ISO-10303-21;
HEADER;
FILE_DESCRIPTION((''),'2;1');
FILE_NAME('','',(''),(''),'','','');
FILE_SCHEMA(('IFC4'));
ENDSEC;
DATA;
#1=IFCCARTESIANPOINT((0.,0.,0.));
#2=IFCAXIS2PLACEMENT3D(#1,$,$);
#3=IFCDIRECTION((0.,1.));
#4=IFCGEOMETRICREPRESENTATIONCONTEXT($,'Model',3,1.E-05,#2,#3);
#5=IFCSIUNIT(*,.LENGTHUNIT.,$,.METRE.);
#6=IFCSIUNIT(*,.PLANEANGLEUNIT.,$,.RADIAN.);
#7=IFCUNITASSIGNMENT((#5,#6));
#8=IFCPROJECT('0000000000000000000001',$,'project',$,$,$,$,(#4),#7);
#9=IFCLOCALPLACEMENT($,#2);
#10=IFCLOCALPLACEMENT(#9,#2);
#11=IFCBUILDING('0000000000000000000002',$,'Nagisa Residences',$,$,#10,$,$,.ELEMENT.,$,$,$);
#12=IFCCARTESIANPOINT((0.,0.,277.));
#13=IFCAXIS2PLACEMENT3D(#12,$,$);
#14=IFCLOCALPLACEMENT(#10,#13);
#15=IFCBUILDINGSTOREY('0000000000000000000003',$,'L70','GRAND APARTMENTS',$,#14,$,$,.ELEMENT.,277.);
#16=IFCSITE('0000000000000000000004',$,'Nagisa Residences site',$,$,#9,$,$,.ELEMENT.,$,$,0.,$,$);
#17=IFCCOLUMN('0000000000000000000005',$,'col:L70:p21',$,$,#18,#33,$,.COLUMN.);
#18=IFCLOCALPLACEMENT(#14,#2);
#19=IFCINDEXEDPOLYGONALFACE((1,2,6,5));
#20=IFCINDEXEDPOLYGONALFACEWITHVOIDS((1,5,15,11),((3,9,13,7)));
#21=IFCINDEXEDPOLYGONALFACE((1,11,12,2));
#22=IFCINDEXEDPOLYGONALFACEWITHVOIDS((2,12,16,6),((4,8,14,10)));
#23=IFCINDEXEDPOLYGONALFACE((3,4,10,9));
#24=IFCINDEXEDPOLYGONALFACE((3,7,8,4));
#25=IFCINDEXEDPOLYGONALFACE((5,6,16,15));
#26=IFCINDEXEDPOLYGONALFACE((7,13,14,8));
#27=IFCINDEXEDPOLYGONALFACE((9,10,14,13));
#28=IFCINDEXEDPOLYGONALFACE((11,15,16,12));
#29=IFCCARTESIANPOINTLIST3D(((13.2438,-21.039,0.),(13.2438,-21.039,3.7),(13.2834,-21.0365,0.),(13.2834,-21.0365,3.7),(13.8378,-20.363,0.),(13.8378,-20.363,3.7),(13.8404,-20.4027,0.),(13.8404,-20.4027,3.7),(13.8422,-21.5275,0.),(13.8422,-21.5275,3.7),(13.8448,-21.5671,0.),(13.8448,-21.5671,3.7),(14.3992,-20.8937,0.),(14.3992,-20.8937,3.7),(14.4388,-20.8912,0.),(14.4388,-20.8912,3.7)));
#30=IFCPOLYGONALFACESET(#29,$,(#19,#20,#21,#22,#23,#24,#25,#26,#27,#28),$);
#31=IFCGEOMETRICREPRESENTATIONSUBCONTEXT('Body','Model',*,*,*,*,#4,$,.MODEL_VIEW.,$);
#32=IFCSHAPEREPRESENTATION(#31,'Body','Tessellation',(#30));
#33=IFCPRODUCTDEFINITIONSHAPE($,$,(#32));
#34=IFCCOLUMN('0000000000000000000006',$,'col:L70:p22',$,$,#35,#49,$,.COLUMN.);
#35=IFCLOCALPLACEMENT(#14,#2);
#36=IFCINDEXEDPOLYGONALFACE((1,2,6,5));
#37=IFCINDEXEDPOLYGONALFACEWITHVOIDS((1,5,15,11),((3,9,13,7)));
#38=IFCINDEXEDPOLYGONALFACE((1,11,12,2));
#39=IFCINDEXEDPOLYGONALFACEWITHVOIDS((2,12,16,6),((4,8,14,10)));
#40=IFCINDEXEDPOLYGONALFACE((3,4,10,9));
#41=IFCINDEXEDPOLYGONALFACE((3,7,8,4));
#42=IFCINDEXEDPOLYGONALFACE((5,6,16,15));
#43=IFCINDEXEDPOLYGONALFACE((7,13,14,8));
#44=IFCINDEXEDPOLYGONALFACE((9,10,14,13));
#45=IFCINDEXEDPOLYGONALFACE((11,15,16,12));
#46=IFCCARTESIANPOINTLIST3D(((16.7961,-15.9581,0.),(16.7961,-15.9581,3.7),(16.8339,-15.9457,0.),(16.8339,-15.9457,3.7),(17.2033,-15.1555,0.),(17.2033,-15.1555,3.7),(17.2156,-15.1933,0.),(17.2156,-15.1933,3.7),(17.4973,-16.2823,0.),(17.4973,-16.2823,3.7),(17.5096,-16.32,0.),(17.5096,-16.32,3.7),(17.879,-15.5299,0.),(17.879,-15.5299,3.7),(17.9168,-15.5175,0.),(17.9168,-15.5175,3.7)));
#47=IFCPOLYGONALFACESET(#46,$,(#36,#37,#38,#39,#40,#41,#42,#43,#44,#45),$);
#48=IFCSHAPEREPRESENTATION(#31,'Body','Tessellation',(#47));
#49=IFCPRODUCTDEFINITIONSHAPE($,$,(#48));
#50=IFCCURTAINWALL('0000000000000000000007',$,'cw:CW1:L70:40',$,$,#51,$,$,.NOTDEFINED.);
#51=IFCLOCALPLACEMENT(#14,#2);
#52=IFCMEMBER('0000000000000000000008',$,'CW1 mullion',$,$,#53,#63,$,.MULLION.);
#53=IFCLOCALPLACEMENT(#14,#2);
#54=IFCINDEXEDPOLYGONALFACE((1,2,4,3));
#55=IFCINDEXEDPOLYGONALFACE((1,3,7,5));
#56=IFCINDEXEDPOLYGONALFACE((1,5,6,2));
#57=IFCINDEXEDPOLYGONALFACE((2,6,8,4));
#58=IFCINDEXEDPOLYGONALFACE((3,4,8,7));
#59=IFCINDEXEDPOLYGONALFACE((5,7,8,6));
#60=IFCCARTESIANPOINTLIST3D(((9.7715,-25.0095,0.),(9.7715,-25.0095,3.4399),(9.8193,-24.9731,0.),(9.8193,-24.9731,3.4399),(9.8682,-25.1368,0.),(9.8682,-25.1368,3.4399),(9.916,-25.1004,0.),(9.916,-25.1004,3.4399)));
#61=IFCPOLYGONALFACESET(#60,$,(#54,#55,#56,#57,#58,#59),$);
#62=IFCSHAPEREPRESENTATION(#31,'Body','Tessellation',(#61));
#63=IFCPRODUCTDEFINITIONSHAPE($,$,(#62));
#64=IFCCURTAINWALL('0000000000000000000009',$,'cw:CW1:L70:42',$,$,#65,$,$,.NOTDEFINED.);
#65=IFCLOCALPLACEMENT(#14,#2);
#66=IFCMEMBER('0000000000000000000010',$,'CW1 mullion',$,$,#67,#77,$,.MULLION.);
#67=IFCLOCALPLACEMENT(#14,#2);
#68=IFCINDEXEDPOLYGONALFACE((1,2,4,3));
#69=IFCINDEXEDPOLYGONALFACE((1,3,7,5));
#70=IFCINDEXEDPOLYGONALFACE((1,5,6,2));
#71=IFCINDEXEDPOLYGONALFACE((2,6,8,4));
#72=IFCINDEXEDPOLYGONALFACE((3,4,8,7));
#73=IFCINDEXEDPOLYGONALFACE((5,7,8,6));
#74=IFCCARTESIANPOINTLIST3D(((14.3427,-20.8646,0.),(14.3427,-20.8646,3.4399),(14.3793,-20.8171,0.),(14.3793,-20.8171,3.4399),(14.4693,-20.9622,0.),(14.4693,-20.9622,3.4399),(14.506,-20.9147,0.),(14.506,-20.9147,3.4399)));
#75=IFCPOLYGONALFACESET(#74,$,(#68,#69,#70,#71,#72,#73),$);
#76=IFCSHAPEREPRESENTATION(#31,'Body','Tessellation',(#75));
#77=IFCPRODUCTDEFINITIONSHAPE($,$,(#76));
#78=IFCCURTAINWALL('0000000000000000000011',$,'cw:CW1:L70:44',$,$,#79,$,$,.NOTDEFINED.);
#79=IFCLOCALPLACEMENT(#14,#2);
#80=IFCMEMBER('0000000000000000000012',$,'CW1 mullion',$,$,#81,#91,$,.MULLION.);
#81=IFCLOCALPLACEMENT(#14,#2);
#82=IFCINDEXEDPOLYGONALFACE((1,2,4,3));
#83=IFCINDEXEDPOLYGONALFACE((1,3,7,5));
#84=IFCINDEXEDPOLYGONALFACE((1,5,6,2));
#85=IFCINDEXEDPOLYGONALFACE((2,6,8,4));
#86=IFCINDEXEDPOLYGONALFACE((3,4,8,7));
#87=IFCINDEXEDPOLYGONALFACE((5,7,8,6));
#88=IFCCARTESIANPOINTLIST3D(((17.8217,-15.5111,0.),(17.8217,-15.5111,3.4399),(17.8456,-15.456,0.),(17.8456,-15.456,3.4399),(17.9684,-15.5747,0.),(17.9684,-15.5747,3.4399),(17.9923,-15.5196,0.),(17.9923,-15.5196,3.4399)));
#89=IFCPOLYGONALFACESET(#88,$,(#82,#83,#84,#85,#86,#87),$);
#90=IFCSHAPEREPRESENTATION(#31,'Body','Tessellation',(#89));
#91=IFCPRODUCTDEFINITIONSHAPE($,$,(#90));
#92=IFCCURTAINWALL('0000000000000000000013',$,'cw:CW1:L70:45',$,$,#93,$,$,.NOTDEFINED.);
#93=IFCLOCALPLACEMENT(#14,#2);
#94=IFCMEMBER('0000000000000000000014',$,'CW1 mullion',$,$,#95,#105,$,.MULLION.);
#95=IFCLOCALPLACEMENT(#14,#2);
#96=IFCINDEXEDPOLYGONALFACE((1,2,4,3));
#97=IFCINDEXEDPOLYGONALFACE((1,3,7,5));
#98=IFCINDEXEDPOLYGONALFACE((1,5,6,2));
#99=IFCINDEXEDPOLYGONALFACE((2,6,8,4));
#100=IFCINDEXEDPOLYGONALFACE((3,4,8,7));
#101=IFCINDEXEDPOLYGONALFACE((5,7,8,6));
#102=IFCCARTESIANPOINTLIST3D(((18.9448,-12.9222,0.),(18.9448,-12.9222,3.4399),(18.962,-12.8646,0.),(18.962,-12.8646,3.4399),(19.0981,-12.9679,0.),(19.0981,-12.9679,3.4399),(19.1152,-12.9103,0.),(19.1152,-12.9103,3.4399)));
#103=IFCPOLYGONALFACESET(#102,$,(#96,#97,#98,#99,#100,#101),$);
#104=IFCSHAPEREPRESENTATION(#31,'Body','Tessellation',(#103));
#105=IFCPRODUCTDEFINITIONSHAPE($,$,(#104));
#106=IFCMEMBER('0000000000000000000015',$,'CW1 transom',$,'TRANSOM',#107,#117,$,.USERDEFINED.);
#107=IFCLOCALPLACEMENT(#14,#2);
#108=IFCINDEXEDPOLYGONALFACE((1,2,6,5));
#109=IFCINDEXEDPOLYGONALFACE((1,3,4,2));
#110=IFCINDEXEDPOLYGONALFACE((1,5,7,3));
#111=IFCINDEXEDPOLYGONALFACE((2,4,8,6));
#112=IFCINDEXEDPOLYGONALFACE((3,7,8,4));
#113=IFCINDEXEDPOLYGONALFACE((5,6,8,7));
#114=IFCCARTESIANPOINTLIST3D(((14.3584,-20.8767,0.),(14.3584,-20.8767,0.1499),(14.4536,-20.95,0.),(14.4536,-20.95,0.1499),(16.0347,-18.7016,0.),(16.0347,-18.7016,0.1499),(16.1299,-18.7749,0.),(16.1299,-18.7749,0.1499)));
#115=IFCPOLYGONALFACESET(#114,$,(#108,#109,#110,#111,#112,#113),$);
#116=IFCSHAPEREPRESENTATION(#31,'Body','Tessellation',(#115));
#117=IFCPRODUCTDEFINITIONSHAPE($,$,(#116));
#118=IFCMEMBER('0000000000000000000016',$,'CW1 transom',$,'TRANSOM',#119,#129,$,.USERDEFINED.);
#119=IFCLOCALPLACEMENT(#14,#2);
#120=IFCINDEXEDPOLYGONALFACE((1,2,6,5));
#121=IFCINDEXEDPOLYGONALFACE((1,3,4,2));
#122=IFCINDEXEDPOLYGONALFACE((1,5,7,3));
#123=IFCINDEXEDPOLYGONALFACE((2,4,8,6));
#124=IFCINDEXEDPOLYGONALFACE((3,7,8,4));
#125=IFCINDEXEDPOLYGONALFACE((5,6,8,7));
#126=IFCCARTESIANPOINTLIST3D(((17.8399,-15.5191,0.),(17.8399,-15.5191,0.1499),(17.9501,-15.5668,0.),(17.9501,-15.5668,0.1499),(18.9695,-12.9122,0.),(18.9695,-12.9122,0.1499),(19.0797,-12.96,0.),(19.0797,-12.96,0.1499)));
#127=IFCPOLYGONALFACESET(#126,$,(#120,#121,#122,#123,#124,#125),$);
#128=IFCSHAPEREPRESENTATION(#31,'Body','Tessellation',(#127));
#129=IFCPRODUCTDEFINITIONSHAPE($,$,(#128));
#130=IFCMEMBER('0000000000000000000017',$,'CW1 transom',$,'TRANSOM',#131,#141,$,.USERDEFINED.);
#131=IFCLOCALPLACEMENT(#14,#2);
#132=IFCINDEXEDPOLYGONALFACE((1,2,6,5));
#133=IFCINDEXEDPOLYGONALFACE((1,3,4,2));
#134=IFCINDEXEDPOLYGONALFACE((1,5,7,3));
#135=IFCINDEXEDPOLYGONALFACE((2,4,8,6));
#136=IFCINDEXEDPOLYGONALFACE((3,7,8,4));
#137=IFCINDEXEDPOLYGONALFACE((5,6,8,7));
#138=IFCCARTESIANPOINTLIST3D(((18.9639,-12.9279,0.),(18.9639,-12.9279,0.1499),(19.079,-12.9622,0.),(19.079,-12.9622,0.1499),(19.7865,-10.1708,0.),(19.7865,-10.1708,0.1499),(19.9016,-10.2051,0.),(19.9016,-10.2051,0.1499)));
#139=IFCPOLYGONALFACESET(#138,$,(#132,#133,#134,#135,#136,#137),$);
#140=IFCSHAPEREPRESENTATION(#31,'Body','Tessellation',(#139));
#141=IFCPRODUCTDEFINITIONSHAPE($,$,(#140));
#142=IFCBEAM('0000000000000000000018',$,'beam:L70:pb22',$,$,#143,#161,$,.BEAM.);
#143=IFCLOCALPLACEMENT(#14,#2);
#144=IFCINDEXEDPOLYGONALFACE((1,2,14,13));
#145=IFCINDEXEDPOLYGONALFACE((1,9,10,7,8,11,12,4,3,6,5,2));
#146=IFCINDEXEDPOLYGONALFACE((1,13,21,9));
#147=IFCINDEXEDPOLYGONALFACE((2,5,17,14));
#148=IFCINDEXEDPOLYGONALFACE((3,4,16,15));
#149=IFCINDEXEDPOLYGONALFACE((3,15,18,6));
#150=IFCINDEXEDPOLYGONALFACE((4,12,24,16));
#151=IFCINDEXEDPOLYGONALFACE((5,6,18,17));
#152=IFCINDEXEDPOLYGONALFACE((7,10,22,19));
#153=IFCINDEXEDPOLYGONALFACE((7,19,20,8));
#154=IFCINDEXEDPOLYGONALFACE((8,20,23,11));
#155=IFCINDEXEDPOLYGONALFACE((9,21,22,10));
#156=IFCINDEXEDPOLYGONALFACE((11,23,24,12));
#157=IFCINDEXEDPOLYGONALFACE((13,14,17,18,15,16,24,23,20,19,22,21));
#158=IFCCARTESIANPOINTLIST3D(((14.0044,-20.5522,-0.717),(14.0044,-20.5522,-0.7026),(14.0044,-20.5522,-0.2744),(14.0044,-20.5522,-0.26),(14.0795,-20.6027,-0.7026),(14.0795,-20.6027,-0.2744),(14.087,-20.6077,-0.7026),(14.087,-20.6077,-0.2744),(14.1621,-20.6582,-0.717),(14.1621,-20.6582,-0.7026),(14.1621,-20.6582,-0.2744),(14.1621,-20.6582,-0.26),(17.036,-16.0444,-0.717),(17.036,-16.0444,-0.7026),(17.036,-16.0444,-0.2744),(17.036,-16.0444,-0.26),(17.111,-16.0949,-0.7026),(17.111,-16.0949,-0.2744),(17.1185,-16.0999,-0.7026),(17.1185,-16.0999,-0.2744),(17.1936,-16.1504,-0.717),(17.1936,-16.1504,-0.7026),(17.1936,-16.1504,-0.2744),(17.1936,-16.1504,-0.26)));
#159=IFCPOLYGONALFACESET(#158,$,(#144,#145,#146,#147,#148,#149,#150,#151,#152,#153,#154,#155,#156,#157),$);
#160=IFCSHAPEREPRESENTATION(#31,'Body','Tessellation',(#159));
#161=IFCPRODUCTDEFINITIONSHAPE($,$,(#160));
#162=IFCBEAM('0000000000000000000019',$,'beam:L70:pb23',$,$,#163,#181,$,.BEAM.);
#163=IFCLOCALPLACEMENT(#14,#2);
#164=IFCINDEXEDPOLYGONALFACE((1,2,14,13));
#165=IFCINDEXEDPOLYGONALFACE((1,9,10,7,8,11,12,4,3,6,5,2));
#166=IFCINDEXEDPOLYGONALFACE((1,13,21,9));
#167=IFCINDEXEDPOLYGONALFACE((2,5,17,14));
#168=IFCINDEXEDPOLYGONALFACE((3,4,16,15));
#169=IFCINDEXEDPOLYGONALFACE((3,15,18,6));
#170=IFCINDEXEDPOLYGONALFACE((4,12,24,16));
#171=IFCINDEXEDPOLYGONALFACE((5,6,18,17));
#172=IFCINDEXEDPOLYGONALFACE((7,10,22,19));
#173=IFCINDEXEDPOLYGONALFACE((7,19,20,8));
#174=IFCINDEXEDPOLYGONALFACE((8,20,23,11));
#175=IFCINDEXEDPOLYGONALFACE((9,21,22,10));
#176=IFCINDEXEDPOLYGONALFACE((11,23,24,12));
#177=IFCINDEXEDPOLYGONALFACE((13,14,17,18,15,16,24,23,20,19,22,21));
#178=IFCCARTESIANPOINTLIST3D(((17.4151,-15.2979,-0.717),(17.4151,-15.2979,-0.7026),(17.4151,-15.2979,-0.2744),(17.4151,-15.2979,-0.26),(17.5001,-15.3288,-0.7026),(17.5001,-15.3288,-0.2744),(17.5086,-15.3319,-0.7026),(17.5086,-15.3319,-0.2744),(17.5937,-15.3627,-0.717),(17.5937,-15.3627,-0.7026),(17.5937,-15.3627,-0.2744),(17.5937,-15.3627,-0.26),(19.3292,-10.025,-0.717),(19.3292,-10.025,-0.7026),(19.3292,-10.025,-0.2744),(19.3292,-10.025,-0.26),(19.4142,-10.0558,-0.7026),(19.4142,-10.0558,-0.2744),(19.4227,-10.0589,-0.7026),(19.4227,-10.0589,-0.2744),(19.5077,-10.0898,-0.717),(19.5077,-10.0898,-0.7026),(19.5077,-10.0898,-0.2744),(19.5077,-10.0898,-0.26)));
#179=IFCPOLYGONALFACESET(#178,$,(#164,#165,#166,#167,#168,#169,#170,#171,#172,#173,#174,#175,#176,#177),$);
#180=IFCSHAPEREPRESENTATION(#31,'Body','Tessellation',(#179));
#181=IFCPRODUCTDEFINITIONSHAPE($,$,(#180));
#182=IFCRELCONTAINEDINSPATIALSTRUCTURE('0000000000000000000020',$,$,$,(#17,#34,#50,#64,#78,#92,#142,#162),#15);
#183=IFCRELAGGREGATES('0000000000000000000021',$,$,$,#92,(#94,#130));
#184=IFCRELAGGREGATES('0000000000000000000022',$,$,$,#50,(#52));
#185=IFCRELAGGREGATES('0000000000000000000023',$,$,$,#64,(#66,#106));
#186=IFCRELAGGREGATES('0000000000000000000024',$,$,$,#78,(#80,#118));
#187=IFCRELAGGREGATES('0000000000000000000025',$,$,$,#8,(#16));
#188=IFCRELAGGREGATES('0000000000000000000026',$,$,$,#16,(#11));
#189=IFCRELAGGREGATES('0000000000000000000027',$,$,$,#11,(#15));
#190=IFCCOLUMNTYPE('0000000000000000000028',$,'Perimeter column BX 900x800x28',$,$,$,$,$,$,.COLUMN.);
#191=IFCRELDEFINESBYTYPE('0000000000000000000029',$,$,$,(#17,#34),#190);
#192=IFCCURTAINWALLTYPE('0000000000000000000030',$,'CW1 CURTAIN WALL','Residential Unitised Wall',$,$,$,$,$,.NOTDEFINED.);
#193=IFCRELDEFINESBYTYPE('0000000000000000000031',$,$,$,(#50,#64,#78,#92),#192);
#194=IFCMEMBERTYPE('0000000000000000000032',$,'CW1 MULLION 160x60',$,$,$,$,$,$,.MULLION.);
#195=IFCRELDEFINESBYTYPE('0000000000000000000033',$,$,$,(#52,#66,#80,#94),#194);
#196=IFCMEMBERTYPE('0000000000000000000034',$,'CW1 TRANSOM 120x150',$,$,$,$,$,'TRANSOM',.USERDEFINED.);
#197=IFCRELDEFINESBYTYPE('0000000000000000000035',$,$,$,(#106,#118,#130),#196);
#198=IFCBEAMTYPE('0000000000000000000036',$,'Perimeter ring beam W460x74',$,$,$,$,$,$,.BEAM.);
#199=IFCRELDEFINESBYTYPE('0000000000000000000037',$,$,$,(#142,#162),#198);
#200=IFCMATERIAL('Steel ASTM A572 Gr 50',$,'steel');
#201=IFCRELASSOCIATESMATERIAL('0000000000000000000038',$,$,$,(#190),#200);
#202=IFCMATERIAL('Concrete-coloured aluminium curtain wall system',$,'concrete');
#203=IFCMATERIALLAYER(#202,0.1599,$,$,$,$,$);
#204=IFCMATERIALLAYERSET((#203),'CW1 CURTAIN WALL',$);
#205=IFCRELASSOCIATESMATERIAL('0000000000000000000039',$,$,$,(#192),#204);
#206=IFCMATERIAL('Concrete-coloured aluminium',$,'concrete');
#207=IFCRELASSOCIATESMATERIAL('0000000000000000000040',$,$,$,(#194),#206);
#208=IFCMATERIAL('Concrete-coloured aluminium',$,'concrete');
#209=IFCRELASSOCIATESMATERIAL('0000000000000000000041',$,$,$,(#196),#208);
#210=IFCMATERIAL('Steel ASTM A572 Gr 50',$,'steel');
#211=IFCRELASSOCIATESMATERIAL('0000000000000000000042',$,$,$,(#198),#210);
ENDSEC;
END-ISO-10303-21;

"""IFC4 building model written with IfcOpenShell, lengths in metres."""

from ifc_helpers import new_model, si_unit, direction, frame, origin, origin_2d, place, context, subcontext, project, spatial, rectangle, hollow_rectangle, i_section, extrude, material, layer, layer_set, material_profile, profile_set, type_object, element, aggregate, save


model = new_model("IFC4")

# Units and contexts
model_context = context("Model", 3, precision=1e-05, world=origin(), true_north=direction((0.0, 1.0)))
body_context = subcontext(model_context, "Body", "Model", "MODEL_VIEW")
ifc_project = project(units=[si_unit("LENGTHUNIT", "METRE"), si_unit("PLANEANGLEUNIT", "RADIAN")], contexts=[model_context])

# Site, building, storey
site_placement = place(None, origin())
site = spatial("IfcSite", under=ifc_project, at=site_placement, Name="Nagisa Residences site", CompositionType="ELEMENT", RefElevation=0.0)
building_placement = place(site_placement, origin())
building = spatial("IfcBuilding", under=site, at=building_placement, Name="Nagisa Residences", CompositionType="ELEMENT")
storey_placement = place(building_placement, frame((0.0, 0.0, 277.0)))
storey = spatial("IfcBuildingStorey", under=building, at=storey_placement, Name="L70", Description="GRAND APARTMENTS", CompositionType="ELEMENT", Elevation=277.0)

# Columns
ifc_material_1 = material(Name="Steel ASTM A572 Gr 50", Category="steel")
ifc_material_profile_1 = material_profile(ifc_material_1, hollow_rectangle(XDim=0.8999, YDim=0.8, WallThickness=0.0281, at=origin_2d()), Name="BX 900x800x28")
ifc_profile_set_1 = profile_set([ifc_material_profile_1], Name="Steel ASTM A572 Gr 50")
column_type = type_object("IfcColumnType", Name="Perimeter column BX 900x800x28", PredefinedType="COLUMN", material=ifc_profile_set_1)
for number, where, z_axis, x_axis, name in (
    (1, (13.8413, -20.9651, 0.0), (0.0, 0.0, 1.0), (0.660115, 0.751165, 0.0), "col:L70:p21"),
    (2, (17.3564, -15.7378, 0.0), (0.0, 0.0, 1.0), (0.452463, 0.891783, 0.0), "col:L70:p22"),
):
    element("IfcColumn", number, at=place(storey_placement, frame(where, z_axis=z_axis, x_axis=x_axis)), inside=storey, type_object=column_type, Name=name, PredefinedType="COLUMN", context=body_context, shape_type="SweptSolid", body=[
        extrude(hollow_rectangle(XDim=0.8999, YDim=0.8, WallThickness=0.0281, at=origin_2d()), origin(), (0.0, 0.0, 1.0), 3.7),
    ])

# Curtain walls, members
ifc_material_2 = material(Name="Concrete-coloured aluminium curtain wall system", Category="concrete")
ifc_layer_1 = layer(ifc_material_2, 0.1599)
ifc_layer_set_1 = layer_set([ifc_layer_1], Name="CW1 CURTAIN WALL")
curtain_wall_type = type_object("IfcCurtainWallType", Name="CW1 CURTAIN WALL", Description="Residential Unitised Wall", PredefinedType="NOTDEFINED", material=ifc_layer_set_1)
curtain_wall_1_placement = place(storey_placement, origin())
curtain_wall_1 = element("IfcCurtainWall", 3, at=curtain_wall_1_placement, inside=storey, type_object=curtain_wall_type, Name="cw:CW1:L70:40", PredefinedType="NOTDEFINED")
ifc_material_3 = material(Name="Concrete-coloured aluminium", Category="concrete")
ifc_material_profile_2 = material_profile(ifc_material_3, rectangle(XDim=0.1599, YDim=0.0601, at=origin_2d()), Name="CW1 MULLION 160x60")
ifc_profile_set_2 = profile_set([ifc_material_profile_2], Name="Concrete-coloured aluminium")
member_type_1 = type_object("IfcMemberType", Name="CW1 MULLION 160x60", PredefinedType="MULLION", material=ifc_profile_set_2)
member_1_placement = place(storey_placement, frame((9.8438, -25.0549, 0.0), z_axis=(0.0, 0.0, 1.0), x_axis=(-0.605255, 0.796031, 0.0)))
member_1 = element("IfcMember", 4, at=member_1_placement, type_object=member_type_1, Name="CW1 mullion", PredefinedType="MULLION", context=body_context, shape_type="SweptSolid", body=[
    extrude(rectangle(XDim=0.1599, YDim=0.0601, at=origin_2d()), origin(), (0.0, 0.0, 1.0), 3.4399),
])
curtain_wall_2_placement = place(storey_placement, origin())
curtain_wall_2 = element("IfcCurtainWall", 5, at=curtain_wall_2_placement, inside=storey, type_object=curtain_wall_type, Name="cw:CW1:L70:42", PredefinedType="NOTDEFINED")
member_2_placement = place(storey_placement, frame((14.4243, -20.8896, 0.0), z_axis=(0.0, 0.0, 1.0), x_axis=(-0.79207, 0.61043, 0.0)))
member_2 = element("IfcMember", 6, at=member_2_placement, type_object=member_type_1, Name="CW1 mullion", PredefinedType="MULLION", context=body_context, shape_type="SweptSolid", body=[
    extrude(rectangle(XDim=0.1599, YDim=0.0601, at=origin_2d()), origin(), (0.0, 0.0, 1.0), 3.4399),
])
curtain_wall_3_placement = place(storey_placement, origin())
curtain_wall_3 = element("IfcCurtainWall", 7, at=curtain_wall_3_placement, inside=storey, type_object=curtain_wall_type, Name="cw:CW1:L70:44", PredefinedType="NOTDEFINED")
member_3_placement = place(storey_placement, frame((17.907, -15.5154, 0.0), z_axis=(0.0, 0.0, 1.0), x_axis=(-0.917543, 0.397636, 0.0)))
member_3 = element("IfcMember", 8, at=member_3_placement, type_object=member_type_1, Name="CW1 mullion", PredefinedType="MULLION", context=body_context, shape_type="SweptSolid", body=[
    extrude(rectangle(XDim=0.1599, YDim=0.0601, at=origin_2d()), origin(), (0.0, 0.0, 1.0), 3.4399),
])
curtain_wall_4_placement = place(storey_placement, origin())
curtain_wall_4 = element("IfcCurtainWall", 9, at=curtain_wall_4_placement, inside=storey, type_object=curtain_wall_type, Name="cw:CW1:L70:45", PredefinedType="NOTDEFINED")
member_4_placement = place(storey_placement, frame((19.03, -12.9163, 0.0), z_axis=(0.0, 0.0, 1.0), x_axis=(-0.958271, 0.28586, 0.0)))
member_4 = element("IfcMember", 10, at=member_4_placement, type_object=member_type_1, Name="CW1 mullion", PredefinedType="MULLION", context=body_context, shape_type="SweptSolid", body=[
    extrude(rectangle(XDim=0.1599, YDim=0.0601, at=origin_2d()), origin(), (0.0, 0.0, 1.0), 3.4399),
])

# Members
ifc_material_4 = material(Name="Concrete-coloured aluminium", Category="concrete")
ifc_material_profile_3 = material_profile(ifc_material_4, rectangle(XDim=0.1201, YDim=0.1499, at=origin_2d()), Name="CW1 TRANSOM 120x150")
ifc_profile_set_3 = profile_set([ifc_material_profile_3], Name="Concrete-coloured aluminium")
member_type_2 = type_object("IfcMemberType", Name="CW1 TRANSOM 120x150", ElementType="TRANSOM", PredefinedType="USERDEFINED", material=ifc_profile_set_3)
member_5_placement = place(storey_placement, frame((14.406, -20.9133, 0.075), z_axis=(0.610432, 0.792068, 0.0), x_axis=(-0.792068, 0.610432, 0.0)))
member_5 = element("IfcMember", 11, at=member_5_placement, type_object=member_type_2, Name="CW1 transom", ObjectType="TRANSOM", PredefinedType="USERDEFINED", context=body_context, shape_type="SweptSolid", body=[
    extrude(rectangle(XDim=0.1201, YDim=0.1499, at=origin_2d()), origin(), (0.0, 0.0, 1.0), 2.7461),
])
member_6_placement = place(storey_placement, frame((17.895, -15.543, 0.075), z_axis=(0.397598, 0.91756, 0.0), x_axis=(-0.91756, 0.397598, 0.0)))
member_6 = element("IfcMember", 12, at=member_6_placement, type_object=member_type_2, Name="CW1 transom", ObjectType="TRANSOM", PredefinedType="USERDEFINED", context=body_context, shape_type="SweptSolid", body=[
    extrude(rectangle(XDim=0.1201, YDim=0.1499, at=origin_2d()), origin(), (0.0, 0.0, 1.0), 2.8411),
])
member_7_placement = place(storey_placement, frame((19.0215, -12.9451, 0.075), z_axis=(0.285876, 0.958267, 0.0), x_axis=(-0.958267, 0.285876, 0.0)))
member_7 = element("IfcMember", 13, at=member_7_placement, type_object=member_type_2, Name="CW1 transom", ObjectType="TRANSOM", PredefinedType="USERDEFINED", context=body_context, shape_type="SweptSolid", body=[
    extrude(rectangle(XDim=0.1201, YDim=0.1499, at=origin_2d()), origin(), (0.0, 0.0, 1.0), 2.8772),
])
aggregate(curtain_wall_4, [member_4, member_7])

# Beams
ifc_material_5 = material(Name="Steel ASTM A572 Gr 50", Category="steel")
ifc_material_profile_4 = material_profile(ifc_material_5, i_section(OverallWidth=0.1899, OverallDepth=0.457, WebThickness=0.009, FlangeThickness=0.0144, at=origin_2d()), Name="W460x74")
ifc_profile_set_4 = profile_set([ifc_material_profile_4], Name="Steel ASTM A572 Gr 50")
beam_type_1 = type_object("IfcBeamType", Name="Perimeter ring beam W460x74", PredefinedType="BEAM", material=ifc_profile_set_4)
beam_1_placement = place(storey_placement, frame((14.0833, -20.6052, -0.4885), z_axis=(0.558046, 0.82981, 0.0), x_axis=(-0.82981, 0.558046, 0.0)))
element("IfcBeam", 14, at=beam_1_placement, inside=storey, type_object=beam_type_1, Name="beam:L70:pb22", PredefinedType="BEAM", context=body_context, shape_type="SweptSolid", body=[
    extrude(i_section(OverallWidth=0.1899, OverallDepth=0.457, WebThickness=0.009, FlangeThickness=0.0144, at=origin_2d()), origin(), (0.0, 0.0, 1.0), 5.4324),
])
beam_2_placement = place(storey_placement, frame((17.5044, -15.3303, -0.4885), z_axis=(0.341212, 0.939986, 0.0), x_axis=(-0.939986, 0.341212, 0.0)))
element("IfcBeam", 15, at=beam_2_placement, inside=storey, type_object=beam_type_1, Name="beam:L70:pb23", PredefinedType="BEAM", context=body_context, shape_type="SweptSolid", body=[
    extrude(i_section(OverallWidth=0.1899, OverallDepth=0.457, WebThickness=0.009, FlangeThickness=0.0144, at=origin_2d()), origin(), (0.0, 0.0, 1.0), 5.6096),
])

aggregate(curtain_wall_1, [member_1])
aggregate(curtain_wall_2, [member_2, member_5])
aggregate(curtain_wall_3, [member_3, member_6])

save(model, "model.ifc")
